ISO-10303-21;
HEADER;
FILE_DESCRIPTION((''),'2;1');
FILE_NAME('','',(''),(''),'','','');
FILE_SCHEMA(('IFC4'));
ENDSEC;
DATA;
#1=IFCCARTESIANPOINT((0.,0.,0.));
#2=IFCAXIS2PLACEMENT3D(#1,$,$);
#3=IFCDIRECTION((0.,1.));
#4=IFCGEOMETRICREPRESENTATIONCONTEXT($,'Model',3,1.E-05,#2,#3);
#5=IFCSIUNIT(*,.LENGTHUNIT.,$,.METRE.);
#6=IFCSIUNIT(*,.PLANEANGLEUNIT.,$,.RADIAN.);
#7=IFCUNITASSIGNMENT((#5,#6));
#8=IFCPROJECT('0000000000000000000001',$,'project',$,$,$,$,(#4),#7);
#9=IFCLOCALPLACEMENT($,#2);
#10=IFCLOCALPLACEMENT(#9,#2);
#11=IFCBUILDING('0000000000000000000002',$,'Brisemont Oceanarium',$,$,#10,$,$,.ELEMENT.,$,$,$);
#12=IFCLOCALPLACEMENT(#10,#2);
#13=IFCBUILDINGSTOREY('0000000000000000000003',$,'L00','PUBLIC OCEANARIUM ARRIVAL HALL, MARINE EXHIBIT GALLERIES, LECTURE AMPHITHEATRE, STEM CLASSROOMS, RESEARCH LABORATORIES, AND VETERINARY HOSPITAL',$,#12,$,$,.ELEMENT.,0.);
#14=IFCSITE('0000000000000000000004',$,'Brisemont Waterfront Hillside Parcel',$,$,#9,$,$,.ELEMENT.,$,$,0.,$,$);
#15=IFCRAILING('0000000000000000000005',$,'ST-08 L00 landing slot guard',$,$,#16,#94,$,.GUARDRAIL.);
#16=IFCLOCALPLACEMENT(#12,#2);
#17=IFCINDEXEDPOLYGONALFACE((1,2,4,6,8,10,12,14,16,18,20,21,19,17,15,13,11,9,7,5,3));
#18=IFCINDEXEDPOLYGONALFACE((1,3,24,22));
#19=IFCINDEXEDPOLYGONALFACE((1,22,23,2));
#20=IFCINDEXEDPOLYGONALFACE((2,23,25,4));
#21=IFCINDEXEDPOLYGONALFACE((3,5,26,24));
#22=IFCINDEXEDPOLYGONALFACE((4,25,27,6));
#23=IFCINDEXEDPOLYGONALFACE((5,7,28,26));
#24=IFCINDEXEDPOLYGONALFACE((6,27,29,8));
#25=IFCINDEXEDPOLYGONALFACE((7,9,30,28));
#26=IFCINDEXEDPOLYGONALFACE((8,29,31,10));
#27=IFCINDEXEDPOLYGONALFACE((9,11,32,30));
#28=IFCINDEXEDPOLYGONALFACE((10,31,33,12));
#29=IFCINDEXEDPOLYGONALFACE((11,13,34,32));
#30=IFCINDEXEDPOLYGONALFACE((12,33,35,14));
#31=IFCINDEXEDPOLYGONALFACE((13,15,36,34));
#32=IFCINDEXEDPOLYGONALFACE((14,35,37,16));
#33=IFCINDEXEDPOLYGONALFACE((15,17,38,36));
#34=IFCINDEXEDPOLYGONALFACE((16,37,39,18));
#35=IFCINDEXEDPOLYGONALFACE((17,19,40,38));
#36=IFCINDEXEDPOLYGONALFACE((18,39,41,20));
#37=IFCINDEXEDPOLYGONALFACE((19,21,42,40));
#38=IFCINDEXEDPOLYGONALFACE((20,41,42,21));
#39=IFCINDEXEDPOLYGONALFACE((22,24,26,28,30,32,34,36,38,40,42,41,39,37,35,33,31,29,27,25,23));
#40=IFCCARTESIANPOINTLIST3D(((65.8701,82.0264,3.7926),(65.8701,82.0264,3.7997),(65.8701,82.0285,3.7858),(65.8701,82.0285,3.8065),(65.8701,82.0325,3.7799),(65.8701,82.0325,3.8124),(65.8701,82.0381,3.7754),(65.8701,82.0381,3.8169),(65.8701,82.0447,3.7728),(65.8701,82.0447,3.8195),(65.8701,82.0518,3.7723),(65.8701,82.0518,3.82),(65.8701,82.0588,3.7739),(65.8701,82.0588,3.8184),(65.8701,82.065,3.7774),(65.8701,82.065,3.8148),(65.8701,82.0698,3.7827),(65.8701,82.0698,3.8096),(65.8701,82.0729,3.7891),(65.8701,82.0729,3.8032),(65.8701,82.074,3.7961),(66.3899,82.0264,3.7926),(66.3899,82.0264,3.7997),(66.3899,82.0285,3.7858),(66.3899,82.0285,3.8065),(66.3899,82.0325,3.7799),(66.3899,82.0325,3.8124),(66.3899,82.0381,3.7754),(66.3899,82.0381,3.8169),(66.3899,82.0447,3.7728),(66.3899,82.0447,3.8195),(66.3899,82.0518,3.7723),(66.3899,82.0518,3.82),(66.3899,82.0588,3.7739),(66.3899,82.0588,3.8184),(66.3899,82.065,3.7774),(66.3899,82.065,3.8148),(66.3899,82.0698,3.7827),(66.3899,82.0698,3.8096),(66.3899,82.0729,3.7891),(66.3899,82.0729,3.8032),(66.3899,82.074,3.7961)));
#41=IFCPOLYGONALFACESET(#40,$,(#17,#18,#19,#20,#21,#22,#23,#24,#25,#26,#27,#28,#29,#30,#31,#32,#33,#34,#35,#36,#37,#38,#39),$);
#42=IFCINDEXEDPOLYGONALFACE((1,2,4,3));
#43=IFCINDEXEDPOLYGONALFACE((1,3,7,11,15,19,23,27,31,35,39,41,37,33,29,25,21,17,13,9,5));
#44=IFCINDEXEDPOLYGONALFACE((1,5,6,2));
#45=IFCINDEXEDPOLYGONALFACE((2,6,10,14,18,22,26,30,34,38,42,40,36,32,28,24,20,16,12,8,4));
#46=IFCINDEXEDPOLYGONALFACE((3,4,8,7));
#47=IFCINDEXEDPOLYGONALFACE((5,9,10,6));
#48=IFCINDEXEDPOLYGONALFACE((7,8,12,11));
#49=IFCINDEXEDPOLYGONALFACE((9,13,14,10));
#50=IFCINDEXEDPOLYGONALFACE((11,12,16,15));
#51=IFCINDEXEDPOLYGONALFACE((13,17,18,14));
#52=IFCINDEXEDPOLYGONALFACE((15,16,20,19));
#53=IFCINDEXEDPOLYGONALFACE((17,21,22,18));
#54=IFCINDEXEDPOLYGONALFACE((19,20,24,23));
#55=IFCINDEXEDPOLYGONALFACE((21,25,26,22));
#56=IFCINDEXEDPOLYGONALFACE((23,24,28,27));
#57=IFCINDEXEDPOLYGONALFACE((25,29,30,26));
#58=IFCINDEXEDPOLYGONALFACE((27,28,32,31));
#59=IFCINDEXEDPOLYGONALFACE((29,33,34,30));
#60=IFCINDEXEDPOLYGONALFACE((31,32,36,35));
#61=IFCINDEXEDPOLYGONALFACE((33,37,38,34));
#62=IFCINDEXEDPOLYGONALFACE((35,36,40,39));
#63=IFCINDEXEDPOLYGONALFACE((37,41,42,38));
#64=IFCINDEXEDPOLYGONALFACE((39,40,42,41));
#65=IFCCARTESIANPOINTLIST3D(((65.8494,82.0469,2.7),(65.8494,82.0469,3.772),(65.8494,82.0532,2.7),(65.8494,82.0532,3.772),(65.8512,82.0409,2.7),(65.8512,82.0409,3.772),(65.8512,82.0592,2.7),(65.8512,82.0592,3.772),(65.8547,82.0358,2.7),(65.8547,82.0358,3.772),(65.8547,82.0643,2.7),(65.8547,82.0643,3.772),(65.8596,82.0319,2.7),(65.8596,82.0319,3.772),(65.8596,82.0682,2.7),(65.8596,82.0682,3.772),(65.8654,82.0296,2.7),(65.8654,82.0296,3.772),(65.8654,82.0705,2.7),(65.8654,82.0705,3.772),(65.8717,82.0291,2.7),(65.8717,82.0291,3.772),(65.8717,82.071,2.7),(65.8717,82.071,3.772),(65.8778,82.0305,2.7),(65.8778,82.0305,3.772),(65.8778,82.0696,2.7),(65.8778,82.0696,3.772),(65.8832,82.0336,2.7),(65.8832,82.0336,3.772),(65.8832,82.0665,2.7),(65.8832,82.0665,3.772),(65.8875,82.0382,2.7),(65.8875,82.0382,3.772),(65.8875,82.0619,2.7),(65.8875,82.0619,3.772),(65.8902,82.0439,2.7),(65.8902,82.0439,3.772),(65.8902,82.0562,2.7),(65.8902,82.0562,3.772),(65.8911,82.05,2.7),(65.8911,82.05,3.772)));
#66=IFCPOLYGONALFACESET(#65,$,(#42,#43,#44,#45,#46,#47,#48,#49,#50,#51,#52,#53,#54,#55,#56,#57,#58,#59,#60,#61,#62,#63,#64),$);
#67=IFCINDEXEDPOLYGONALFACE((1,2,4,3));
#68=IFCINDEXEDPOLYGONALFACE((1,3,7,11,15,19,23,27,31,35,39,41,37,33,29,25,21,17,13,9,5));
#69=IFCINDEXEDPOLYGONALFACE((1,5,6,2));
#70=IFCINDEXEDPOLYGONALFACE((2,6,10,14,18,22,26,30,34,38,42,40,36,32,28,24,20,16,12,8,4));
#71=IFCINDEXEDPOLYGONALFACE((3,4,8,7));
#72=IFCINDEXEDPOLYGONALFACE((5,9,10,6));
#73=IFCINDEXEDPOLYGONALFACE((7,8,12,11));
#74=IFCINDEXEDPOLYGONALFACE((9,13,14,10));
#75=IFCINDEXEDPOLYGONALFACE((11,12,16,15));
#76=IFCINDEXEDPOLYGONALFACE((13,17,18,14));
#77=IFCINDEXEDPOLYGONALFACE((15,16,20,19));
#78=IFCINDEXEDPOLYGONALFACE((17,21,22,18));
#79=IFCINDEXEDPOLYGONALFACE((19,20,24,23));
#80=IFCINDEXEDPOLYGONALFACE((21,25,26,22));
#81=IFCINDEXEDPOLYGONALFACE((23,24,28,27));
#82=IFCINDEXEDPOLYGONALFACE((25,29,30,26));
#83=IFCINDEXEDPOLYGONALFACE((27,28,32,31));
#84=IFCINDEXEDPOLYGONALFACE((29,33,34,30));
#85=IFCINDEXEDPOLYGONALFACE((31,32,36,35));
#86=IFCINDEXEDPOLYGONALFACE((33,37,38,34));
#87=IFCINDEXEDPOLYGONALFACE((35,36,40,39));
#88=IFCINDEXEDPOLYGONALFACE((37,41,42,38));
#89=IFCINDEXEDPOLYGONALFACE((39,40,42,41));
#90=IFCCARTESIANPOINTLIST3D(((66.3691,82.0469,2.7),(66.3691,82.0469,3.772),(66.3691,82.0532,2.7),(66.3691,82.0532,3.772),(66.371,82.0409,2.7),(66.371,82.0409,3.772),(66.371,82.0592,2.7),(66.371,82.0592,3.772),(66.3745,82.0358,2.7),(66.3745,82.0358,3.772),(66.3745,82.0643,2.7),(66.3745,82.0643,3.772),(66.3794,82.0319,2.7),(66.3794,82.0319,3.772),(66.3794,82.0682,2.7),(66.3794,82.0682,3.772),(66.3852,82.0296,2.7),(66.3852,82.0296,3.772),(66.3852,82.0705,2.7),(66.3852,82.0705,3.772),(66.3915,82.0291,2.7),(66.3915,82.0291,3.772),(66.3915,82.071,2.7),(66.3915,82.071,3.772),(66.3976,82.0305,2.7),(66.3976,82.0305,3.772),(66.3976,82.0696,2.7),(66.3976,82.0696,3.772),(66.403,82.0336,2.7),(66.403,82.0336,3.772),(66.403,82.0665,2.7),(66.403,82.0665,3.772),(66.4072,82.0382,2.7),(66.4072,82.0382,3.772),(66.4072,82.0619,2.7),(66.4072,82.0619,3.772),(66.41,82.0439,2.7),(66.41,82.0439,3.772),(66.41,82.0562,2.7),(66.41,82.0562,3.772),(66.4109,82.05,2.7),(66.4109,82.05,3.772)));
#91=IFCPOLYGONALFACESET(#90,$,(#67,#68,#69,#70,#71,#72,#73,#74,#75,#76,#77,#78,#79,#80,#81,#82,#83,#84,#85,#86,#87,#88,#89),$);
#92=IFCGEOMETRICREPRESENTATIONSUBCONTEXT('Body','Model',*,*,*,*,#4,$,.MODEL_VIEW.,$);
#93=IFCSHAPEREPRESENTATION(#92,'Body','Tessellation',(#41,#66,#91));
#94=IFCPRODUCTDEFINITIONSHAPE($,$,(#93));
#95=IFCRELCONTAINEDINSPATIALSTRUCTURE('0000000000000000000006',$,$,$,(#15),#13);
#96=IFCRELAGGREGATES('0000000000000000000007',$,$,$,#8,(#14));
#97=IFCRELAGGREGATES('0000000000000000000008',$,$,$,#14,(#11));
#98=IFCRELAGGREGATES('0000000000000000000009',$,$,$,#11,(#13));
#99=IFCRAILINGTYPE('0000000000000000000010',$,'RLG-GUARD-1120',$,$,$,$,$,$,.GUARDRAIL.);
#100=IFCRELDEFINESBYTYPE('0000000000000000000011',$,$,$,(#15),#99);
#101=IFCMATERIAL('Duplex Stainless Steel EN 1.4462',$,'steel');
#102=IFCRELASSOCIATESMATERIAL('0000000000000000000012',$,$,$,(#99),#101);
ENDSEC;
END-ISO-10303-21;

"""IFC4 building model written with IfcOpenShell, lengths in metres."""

from ifc_helpers import new_model, si_unit, direction, frame, origin, origin_2d, place, context, subcontext, project, spatial, circle, extrude, material, type_object, element, save


model = new_model("IFC4")

# Units and contexts
model_context = context("Model", 3, precision=1e-05, world=origin(), true_north=direction((0.0, 1.0)))
body_context = subcontext(model_context, "Body", "Model", "MODEL_VIEW")
ifc_project = project(units=[si_unit("LENGTHUNIT", "METRE"), si_unit("PLANEANGLEUNIT", "RADIAN")], contexts=[model_context])

# Site, building, storey
site_placement = place(None, origin())
site = spatial("IfcSite", under=ifc_project, at=site_placement, Name="Brisemont Waterfront Hillside Parcel", CompositionType="ELEMENT", RefElevation=0.0)
building_placement = place(site_placement, origin())
building = spatial("IfcBuilding", under=site, at=building_placement, Name="Brisemont Oceanarium", CompositionType="ELEMENT")
storey_placement = place(building_placement, origin())
storey = spatial("IfcBuildingStorey", under=building, at=storey_placement, Name="L00", Description="PUBLIC OCEANARIUM ARRIVAL HALL, MARINE EXHIBIT GALLERIES, LECTURE AMPHITHEATRE, STEM CLASSROOMS, RESEARCH LABORATORIES, AND VETERINARY HOSPITAL", CompositionType="ELEMENT", Elevation=0.0)

# Railing
ifc_material_1 = material(Name="Duplex Stainless Steel EN 1.4462", Category="steel")
railing_type_1 = type_object("IfcRailingType", Name="RLG-GUARD-1120", PredefinedType="GUARDRAIL", material=ifc_material_1)
railing_1_placement = place(storey_placement, frame((65.8701, 82.05, 2.7)))
element("IfcRailing", 1, at=railing_1_placement, inside=storey, type_object=railing_type_1, Name="ST-08 L00 landing slot guard", PredefinedType="GUARDRAIL", context=body_context, shape_type="SweptSolid", body=[
    extrude(circle(Radius=0.0239, at=origin_2d()), frame((0.0, 0.0, 1.0962), z_axis=(1.0, 0.0, 0.0), x_axis=(0.0, 1.0, 0.0)), (0.0, 0.0, 1.0), 0.5198),
    extrude(circle(Radius=0.021, at=origin_2d()), origin(), (0.0, 0.0, 1.0), 1.072),
    extrude(circle(Radius=0.021, at=origin_2d()), frame((0.5198, 0.0, 0.0)), (0.0, 0.0, 1.0), 1.072),
])

save(model, "model.ifc")
